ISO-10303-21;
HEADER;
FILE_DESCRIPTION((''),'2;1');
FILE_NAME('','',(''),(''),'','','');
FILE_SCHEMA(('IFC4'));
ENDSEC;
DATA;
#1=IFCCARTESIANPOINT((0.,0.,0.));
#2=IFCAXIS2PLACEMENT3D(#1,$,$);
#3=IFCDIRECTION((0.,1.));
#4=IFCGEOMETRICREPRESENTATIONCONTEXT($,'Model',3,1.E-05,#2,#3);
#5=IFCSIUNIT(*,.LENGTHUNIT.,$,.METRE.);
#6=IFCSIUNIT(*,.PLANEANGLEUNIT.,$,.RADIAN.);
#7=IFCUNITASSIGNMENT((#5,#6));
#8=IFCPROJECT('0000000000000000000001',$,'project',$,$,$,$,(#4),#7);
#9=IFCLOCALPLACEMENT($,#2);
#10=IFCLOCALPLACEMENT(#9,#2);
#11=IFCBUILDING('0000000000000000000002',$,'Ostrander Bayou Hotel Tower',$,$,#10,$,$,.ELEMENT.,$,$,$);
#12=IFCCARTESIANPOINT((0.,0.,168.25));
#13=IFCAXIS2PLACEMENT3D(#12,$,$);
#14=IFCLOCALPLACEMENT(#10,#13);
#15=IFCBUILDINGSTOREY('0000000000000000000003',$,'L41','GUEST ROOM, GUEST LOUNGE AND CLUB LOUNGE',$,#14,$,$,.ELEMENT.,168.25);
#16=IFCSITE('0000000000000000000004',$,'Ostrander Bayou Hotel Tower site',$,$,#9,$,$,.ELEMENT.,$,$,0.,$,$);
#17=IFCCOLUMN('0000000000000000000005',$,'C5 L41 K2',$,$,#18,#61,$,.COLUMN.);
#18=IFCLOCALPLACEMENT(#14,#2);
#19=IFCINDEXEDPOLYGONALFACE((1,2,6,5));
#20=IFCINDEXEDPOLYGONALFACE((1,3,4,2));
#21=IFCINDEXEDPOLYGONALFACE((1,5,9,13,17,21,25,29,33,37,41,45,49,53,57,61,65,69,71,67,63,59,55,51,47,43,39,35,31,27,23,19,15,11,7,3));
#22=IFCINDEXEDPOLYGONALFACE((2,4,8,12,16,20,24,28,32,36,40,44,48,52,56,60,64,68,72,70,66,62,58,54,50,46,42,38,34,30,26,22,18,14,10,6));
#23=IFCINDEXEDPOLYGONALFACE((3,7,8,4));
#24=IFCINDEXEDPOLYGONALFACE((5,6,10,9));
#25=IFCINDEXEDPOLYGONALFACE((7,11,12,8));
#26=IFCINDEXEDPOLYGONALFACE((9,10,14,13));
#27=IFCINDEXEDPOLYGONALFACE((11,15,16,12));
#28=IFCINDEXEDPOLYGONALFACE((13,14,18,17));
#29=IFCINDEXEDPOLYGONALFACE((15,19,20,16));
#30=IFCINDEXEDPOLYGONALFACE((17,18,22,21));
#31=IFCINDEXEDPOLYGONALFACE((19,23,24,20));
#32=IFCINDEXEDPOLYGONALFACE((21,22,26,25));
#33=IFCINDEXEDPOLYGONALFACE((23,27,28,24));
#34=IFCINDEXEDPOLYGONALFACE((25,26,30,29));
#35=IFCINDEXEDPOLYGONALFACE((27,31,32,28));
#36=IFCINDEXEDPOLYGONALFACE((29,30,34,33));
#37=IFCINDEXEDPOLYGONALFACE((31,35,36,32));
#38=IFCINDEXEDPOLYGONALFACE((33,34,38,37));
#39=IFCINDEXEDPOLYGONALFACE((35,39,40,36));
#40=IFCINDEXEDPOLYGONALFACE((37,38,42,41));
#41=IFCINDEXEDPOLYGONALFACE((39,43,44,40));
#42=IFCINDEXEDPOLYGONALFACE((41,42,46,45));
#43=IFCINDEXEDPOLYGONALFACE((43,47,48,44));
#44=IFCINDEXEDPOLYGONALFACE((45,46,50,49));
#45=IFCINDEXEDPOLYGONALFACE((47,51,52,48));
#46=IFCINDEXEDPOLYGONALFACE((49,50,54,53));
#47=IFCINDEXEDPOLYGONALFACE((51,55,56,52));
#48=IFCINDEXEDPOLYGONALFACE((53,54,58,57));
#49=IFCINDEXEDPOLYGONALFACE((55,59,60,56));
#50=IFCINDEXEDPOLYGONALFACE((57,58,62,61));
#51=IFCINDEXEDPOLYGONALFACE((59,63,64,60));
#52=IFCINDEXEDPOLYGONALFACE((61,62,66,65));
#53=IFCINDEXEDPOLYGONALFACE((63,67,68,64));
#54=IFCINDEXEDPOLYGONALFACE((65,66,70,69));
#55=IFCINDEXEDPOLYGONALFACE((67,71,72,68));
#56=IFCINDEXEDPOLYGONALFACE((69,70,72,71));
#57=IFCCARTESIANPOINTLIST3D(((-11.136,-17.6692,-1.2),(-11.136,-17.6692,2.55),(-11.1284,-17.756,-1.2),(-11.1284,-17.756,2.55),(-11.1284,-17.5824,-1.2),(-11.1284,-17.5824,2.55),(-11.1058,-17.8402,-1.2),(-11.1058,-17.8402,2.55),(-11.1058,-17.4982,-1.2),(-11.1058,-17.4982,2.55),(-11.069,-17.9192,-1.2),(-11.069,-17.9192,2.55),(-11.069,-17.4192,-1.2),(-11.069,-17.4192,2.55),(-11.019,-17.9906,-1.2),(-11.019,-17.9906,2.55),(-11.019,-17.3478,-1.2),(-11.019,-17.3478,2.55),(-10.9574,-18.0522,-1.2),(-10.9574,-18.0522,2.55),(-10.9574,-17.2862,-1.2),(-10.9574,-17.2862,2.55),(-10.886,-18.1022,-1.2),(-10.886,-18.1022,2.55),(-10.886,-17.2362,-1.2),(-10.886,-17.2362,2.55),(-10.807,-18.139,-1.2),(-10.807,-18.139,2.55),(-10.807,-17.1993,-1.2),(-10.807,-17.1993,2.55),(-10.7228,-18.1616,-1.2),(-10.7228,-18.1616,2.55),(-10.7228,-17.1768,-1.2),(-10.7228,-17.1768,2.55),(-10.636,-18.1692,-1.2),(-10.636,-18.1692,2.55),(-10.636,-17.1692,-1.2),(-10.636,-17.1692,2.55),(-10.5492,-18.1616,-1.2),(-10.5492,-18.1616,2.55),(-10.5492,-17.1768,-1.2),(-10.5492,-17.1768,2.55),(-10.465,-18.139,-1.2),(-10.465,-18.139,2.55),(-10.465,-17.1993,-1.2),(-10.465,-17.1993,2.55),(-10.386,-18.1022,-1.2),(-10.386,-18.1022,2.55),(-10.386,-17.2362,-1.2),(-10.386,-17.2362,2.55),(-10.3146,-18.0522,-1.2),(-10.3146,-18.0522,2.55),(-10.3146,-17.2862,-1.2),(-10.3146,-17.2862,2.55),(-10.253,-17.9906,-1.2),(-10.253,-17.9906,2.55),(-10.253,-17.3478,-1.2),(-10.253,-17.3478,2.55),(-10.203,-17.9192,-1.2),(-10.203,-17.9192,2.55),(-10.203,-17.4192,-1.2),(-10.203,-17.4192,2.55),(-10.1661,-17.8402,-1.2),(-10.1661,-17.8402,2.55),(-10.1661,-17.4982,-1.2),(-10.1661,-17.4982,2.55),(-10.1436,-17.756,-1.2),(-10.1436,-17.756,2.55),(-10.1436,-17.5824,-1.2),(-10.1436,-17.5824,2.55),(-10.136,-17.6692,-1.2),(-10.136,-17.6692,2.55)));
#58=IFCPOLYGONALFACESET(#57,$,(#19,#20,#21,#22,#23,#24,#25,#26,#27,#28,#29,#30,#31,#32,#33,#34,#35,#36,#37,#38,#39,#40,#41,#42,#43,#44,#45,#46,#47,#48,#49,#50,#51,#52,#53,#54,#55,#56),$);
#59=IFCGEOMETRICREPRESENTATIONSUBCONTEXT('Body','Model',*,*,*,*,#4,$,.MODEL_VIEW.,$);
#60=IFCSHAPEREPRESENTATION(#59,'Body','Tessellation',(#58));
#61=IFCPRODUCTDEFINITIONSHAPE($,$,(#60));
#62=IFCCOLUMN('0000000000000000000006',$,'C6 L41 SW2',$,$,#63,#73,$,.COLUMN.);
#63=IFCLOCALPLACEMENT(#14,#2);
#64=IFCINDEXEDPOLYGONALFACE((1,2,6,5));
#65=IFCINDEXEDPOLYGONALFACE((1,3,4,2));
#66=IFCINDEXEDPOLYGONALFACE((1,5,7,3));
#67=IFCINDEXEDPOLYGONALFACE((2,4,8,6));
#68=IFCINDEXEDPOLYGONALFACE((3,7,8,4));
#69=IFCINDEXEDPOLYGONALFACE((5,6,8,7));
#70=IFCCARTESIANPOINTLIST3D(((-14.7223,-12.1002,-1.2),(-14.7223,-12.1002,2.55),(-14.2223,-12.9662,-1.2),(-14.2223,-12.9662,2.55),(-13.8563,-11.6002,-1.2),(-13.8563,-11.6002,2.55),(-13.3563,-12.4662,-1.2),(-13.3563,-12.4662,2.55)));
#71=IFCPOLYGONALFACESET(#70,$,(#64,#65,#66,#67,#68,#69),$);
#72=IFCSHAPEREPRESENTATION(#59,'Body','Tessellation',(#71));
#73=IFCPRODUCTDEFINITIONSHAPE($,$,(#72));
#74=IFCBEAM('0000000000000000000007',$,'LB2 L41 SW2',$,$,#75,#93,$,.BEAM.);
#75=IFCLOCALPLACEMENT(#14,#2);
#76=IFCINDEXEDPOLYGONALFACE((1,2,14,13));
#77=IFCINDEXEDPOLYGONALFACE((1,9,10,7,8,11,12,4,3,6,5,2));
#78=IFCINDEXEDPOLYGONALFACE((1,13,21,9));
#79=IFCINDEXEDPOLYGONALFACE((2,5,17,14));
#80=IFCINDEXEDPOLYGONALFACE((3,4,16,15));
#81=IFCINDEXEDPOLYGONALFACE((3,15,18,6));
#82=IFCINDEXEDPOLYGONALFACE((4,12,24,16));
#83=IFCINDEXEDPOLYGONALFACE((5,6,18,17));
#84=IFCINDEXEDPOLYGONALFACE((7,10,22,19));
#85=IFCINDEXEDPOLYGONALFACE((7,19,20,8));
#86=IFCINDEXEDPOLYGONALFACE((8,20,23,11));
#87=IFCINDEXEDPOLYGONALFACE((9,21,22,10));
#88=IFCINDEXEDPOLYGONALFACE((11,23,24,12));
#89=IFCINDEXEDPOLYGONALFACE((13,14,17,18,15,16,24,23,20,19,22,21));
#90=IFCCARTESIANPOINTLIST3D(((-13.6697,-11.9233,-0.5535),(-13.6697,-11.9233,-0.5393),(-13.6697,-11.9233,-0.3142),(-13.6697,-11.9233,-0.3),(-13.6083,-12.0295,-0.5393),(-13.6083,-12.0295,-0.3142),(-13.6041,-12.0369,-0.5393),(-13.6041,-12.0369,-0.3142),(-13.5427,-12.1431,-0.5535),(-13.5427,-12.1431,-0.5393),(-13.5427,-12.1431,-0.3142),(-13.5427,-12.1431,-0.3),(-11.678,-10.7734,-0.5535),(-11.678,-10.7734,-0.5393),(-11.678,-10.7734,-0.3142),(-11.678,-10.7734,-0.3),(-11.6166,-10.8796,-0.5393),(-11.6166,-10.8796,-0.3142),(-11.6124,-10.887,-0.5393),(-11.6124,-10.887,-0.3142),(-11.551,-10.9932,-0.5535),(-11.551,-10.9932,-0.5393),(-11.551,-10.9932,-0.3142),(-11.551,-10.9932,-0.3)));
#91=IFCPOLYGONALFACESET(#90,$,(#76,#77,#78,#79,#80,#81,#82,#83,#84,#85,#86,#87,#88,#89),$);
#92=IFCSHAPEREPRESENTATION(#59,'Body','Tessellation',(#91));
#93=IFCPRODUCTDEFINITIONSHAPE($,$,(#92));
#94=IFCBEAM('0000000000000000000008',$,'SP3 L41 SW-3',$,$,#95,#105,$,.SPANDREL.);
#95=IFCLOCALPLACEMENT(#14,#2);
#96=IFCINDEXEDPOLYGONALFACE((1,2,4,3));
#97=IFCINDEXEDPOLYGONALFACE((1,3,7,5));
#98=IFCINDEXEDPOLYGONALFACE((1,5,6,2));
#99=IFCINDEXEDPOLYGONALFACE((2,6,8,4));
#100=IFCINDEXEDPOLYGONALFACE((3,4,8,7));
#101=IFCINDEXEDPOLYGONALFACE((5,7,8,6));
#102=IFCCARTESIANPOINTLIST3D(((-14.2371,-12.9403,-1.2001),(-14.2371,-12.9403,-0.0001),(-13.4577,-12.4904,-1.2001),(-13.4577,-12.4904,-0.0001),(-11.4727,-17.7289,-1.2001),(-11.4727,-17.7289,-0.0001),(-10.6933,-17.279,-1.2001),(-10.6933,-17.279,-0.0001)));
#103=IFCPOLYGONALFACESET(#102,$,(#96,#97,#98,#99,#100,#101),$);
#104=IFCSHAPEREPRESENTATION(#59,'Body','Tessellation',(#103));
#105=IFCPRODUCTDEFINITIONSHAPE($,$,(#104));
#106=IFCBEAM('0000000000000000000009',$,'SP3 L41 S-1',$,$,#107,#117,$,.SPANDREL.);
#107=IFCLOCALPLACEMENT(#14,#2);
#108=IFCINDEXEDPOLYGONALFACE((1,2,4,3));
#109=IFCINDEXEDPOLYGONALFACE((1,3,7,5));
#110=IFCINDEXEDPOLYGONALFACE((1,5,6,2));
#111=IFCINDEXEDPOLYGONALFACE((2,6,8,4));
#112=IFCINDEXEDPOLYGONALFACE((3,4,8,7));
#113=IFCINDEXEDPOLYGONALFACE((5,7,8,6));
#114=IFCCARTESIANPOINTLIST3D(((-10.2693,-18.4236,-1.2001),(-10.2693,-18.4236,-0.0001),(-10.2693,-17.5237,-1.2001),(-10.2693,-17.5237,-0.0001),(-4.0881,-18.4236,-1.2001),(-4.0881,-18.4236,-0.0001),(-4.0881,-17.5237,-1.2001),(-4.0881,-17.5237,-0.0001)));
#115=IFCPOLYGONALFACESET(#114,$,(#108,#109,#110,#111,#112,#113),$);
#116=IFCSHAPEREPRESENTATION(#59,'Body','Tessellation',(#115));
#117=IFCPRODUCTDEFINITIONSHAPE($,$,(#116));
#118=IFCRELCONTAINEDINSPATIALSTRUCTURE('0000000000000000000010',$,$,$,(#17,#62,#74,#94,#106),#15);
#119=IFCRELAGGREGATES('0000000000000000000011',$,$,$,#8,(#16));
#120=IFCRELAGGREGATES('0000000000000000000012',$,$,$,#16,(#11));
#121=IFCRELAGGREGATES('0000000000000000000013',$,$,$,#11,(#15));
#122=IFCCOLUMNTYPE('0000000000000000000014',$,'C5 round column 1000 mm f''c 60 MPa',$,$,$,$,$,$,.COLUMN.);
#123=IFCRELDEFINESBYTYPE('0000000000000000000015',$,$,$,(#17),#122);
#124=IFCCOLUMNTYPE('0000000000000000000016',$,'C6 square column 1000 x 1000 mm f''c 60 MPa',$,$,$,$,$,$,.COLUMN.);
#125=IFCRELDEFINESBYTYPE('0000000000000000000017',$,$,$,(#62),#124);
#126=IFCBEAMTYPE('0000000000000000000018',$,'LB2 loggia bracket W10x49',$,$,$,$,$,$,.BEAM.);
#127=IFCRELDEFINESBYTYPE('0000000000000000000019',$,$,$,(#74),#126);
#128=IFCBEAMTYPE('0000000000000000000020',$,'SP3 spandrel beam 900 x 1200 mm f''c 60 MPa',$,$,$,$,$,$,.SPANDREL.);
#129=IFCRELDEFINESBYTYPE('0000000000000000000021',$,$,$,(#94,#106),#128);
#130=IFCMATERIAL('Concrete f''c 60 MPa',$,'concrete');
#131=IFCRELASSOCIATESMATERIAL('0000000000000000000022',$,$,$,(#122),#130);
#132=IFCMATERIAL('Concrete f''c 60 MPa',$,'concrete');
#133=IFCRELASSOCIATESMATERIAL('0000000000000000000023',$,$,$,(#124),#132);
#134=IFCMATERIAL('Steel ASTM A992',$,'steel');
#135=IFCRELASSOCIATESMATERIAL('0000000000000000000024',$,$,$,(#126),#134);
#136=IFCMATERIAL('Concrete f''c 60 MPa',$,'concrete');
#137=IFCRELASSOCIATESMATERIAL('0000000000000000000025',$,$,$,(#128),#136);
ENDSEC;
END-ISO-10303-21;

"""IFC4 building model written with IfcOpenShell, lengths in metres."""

from ifc_helpers import new_model, si_unit, direction, frame, origin, origin_2d, place, context, subcontext, project, spatial, rectangle, circle, i_section, extrude, material, material_profile, profile_set, type_object, element, save


model = new_model("IFC4")

# Units and contexts
model_context = context("Model", 3, precision=1e-05, world=origin(), true_north=direction((0.0, 1.0)))
body_context = subcontext(model_context, "Body", "Model", "MODEL_VIEW")
ifc_project = project(units=[si_unit("LENGTHUNIT", "METRE"), si_unit("PLANEANGLEUNIT", "RADIAN")], contexts=[model_context])

# Site, building, storey
site_placement = place(None, origin())
site = spatial("IfcSite", under=ifc_project, at=site_placement, Name="Ostrander Bayou Hotel Tower site", CompositionType="ELEMENT", RefElevation=0.0)
building_placement = place(site_placement, origin())
building = spatial("IfcBuilding", under=site, at=building_placement, Name="Ostrander Bayou Hotel Tower", CompositionType="ELEMENT")
storey_placement = place(building_placement, frame((0.0, 0.0, 168.25)))
storey = spatial("IfcBuildingStorey", under=building, at=storey_placement, Name="L41", Description="GUEST ROOM, GUEST LOUNGE AND CLUB LOUNGE", CompositionType="ELEMENT", Elevation=168.25)

# Columns
ifc_material_1 = material(Name="Concrete f'c 60 MPa", Category="concrete")
ifc_material_profile_1 = material_profile(ifc_material_1, circle(Radius=0.5, at=origin_2d()))
ifc_profile_set_1 = profile_set([ifc_material_profile_1], Name="Concrete f'c 60 MPa")
column_type_1 = type_object("IfcColumnType", Name="C5 round column 1000 mm f'c 60 MPa", PredefinedType="COLUMN", material=ifc_profile_set_1)
column_1_placement = place(storey_placement, frame((-10.636, -17.6692, -1.2), z_axis=(0.0, 0.0, 1.0), x_axis=(1.0, 0.0, 0.0)))
element("IfcColumn", 1, at=column_1_placement, inside=storey, type_object=column_type_1, Name="C5 L41 K2", PredefinedType="COLUMN", context=body_context, shape_type="SweptSolid", body=[
    extrude(circle(Radius=0.5, at=origin_2d()), origin(), (0.0, 0.0, 1.0), 3.75),
])
ifc_material_2 = material(Name="Concrete f'c 60 MPa", Category="concrete")
ifc_material_profile_2 = material_profile(ifc_material_2, rectangle(XDim=1.0, YDim=1.0, at=origin_2d()))
ifc_profile_set_2 = profile_set([ifc_material_profile_2], Name="Concrete f'c 60 MPa")
column_type_2 = type_object("IfcColumnType", Name="C6 square column 1000 x 1000 mm f'c 60 MPa", PredefinedType="COLUMN", material=ifc_profile_set_2)
column_2_placement = place(storey_placement, frame((-14.0393, -12.2832, -1.2), z_axis=(0.0, 0.0, 1.0), x_axis=(-0.5, 0.866025, 0.0)))
element("IfcColumn", 2, at=column_2_placement, inside=storey, type_object=column_type_2, Name="C6 L41 SW2", PredefinedType="COLUMN", context=body_context, shape_type="SweptSolid", body=[
    extrude(rectangle(XDim=1.0, YDim=1.0, at=origin_2d()), origin(), (0.0, 0.0, 1.0), 3.75),
])

# Beams
ifc_material_3 = material(Name="Steel ASTM A992", Category="steel")
ifc_material_profile_3 = material_profile(ifc_material_3, i_section(OverallWidth=0.2539, OverallDepth=0.2534, WebThickness=0.0085, FlangeThickness=0.0142, at=origin_2d()))
ifc_profile_set_3 = profile_set([ifc_material_profile_3], Name="Steel ASTM A992")
beam_type_1 = type_object("IfcBeamType", Name="LB2 loggia bracket W10x49", PredefinedType="BEAM", material=ifc_profile_set_3)
beam_1_placement = place(storey_placement, frame((-13.6062, -12.0332, -0.4268), z_axis=(0.866026, 0.499998, 0.0), x_axis=(-0.499998, 0.866026, 0.0)))
element("IfcBeam", 3, at=beam_1_placement, inside=storey, type_object=beam_type_1, Name="LB2 L41 SW2", PredefinedType="BEAM", context=body_context, shape_type="SweptSolid", body=[
    extrude(i_section(OverallWidth=0.2539, OverallDepth=0.2534, WebThickness=0.0085, FlangeThickness=0.0142, at=origin_2d()), origin(), (0.0, 0.0, 1.0), 2.2998),
])
ifc_material_4 = material(Name="Concrete f'c 60 MPa", Category="concrete")
ifc_material_profile_4 = material_profile(ifc_material_4, rectangle(XDim=0.8999, YDim=1.2, at=origin_2d()))
ifc_profile_set_4 = profile_set([ifc_material_profile_4], Name="Concrete f'c 60 MPa")
beam_type_2 = type_object("IfcBeamType", Name="SP3 spandrel beam 900 x 1200 mm f'c 60 MPa", PredefinedType="SPANDREL", material=ifc_profile_set_4)
beam_2_placement = place(storey_placement, frame((-13.8474, -12.7153, -0.6001), z_axis=(0.499962, -0.866047, 0.0), x_axis=(0.866047, 0.499962, 0.0)))
element("IfcBeam", 4, at=beam_2_placement, inside=storey, type_object=beam_type_2, Name="SP3 L41 SW-3", PredefinedType="SPANDREL", context=body_context, shape_type="SweptSolid", body=[
    extrude(rectangle(XDim=0.8999, YDim=1.2, at=origin_2d()), origin(), (0.0, 0.0, 1.0), 5.5293),
])
beam_3_placement = place(storey_placement, frame((-10.2693, -17.9736, -0.6001), z_axis=(1.0, 0.0, 0.0), x_axis=(0.0, 1.0, 0.0)))
element("IfcBeam", 5, at=beam_3_placement, inside=storey, type_object=beam_type_2, Name="SP3 L41 S-1", PredefinedType="SPANDREL", context=body_context, shape_type="SweptSolid", body=[
    extrude(rectangle(XDim=0.8999, YDim=1.2, at=origin_2d()), origin(), (0.0, 0.0, 1.0), 6.1812),
])

save(model, "model.ifc")
